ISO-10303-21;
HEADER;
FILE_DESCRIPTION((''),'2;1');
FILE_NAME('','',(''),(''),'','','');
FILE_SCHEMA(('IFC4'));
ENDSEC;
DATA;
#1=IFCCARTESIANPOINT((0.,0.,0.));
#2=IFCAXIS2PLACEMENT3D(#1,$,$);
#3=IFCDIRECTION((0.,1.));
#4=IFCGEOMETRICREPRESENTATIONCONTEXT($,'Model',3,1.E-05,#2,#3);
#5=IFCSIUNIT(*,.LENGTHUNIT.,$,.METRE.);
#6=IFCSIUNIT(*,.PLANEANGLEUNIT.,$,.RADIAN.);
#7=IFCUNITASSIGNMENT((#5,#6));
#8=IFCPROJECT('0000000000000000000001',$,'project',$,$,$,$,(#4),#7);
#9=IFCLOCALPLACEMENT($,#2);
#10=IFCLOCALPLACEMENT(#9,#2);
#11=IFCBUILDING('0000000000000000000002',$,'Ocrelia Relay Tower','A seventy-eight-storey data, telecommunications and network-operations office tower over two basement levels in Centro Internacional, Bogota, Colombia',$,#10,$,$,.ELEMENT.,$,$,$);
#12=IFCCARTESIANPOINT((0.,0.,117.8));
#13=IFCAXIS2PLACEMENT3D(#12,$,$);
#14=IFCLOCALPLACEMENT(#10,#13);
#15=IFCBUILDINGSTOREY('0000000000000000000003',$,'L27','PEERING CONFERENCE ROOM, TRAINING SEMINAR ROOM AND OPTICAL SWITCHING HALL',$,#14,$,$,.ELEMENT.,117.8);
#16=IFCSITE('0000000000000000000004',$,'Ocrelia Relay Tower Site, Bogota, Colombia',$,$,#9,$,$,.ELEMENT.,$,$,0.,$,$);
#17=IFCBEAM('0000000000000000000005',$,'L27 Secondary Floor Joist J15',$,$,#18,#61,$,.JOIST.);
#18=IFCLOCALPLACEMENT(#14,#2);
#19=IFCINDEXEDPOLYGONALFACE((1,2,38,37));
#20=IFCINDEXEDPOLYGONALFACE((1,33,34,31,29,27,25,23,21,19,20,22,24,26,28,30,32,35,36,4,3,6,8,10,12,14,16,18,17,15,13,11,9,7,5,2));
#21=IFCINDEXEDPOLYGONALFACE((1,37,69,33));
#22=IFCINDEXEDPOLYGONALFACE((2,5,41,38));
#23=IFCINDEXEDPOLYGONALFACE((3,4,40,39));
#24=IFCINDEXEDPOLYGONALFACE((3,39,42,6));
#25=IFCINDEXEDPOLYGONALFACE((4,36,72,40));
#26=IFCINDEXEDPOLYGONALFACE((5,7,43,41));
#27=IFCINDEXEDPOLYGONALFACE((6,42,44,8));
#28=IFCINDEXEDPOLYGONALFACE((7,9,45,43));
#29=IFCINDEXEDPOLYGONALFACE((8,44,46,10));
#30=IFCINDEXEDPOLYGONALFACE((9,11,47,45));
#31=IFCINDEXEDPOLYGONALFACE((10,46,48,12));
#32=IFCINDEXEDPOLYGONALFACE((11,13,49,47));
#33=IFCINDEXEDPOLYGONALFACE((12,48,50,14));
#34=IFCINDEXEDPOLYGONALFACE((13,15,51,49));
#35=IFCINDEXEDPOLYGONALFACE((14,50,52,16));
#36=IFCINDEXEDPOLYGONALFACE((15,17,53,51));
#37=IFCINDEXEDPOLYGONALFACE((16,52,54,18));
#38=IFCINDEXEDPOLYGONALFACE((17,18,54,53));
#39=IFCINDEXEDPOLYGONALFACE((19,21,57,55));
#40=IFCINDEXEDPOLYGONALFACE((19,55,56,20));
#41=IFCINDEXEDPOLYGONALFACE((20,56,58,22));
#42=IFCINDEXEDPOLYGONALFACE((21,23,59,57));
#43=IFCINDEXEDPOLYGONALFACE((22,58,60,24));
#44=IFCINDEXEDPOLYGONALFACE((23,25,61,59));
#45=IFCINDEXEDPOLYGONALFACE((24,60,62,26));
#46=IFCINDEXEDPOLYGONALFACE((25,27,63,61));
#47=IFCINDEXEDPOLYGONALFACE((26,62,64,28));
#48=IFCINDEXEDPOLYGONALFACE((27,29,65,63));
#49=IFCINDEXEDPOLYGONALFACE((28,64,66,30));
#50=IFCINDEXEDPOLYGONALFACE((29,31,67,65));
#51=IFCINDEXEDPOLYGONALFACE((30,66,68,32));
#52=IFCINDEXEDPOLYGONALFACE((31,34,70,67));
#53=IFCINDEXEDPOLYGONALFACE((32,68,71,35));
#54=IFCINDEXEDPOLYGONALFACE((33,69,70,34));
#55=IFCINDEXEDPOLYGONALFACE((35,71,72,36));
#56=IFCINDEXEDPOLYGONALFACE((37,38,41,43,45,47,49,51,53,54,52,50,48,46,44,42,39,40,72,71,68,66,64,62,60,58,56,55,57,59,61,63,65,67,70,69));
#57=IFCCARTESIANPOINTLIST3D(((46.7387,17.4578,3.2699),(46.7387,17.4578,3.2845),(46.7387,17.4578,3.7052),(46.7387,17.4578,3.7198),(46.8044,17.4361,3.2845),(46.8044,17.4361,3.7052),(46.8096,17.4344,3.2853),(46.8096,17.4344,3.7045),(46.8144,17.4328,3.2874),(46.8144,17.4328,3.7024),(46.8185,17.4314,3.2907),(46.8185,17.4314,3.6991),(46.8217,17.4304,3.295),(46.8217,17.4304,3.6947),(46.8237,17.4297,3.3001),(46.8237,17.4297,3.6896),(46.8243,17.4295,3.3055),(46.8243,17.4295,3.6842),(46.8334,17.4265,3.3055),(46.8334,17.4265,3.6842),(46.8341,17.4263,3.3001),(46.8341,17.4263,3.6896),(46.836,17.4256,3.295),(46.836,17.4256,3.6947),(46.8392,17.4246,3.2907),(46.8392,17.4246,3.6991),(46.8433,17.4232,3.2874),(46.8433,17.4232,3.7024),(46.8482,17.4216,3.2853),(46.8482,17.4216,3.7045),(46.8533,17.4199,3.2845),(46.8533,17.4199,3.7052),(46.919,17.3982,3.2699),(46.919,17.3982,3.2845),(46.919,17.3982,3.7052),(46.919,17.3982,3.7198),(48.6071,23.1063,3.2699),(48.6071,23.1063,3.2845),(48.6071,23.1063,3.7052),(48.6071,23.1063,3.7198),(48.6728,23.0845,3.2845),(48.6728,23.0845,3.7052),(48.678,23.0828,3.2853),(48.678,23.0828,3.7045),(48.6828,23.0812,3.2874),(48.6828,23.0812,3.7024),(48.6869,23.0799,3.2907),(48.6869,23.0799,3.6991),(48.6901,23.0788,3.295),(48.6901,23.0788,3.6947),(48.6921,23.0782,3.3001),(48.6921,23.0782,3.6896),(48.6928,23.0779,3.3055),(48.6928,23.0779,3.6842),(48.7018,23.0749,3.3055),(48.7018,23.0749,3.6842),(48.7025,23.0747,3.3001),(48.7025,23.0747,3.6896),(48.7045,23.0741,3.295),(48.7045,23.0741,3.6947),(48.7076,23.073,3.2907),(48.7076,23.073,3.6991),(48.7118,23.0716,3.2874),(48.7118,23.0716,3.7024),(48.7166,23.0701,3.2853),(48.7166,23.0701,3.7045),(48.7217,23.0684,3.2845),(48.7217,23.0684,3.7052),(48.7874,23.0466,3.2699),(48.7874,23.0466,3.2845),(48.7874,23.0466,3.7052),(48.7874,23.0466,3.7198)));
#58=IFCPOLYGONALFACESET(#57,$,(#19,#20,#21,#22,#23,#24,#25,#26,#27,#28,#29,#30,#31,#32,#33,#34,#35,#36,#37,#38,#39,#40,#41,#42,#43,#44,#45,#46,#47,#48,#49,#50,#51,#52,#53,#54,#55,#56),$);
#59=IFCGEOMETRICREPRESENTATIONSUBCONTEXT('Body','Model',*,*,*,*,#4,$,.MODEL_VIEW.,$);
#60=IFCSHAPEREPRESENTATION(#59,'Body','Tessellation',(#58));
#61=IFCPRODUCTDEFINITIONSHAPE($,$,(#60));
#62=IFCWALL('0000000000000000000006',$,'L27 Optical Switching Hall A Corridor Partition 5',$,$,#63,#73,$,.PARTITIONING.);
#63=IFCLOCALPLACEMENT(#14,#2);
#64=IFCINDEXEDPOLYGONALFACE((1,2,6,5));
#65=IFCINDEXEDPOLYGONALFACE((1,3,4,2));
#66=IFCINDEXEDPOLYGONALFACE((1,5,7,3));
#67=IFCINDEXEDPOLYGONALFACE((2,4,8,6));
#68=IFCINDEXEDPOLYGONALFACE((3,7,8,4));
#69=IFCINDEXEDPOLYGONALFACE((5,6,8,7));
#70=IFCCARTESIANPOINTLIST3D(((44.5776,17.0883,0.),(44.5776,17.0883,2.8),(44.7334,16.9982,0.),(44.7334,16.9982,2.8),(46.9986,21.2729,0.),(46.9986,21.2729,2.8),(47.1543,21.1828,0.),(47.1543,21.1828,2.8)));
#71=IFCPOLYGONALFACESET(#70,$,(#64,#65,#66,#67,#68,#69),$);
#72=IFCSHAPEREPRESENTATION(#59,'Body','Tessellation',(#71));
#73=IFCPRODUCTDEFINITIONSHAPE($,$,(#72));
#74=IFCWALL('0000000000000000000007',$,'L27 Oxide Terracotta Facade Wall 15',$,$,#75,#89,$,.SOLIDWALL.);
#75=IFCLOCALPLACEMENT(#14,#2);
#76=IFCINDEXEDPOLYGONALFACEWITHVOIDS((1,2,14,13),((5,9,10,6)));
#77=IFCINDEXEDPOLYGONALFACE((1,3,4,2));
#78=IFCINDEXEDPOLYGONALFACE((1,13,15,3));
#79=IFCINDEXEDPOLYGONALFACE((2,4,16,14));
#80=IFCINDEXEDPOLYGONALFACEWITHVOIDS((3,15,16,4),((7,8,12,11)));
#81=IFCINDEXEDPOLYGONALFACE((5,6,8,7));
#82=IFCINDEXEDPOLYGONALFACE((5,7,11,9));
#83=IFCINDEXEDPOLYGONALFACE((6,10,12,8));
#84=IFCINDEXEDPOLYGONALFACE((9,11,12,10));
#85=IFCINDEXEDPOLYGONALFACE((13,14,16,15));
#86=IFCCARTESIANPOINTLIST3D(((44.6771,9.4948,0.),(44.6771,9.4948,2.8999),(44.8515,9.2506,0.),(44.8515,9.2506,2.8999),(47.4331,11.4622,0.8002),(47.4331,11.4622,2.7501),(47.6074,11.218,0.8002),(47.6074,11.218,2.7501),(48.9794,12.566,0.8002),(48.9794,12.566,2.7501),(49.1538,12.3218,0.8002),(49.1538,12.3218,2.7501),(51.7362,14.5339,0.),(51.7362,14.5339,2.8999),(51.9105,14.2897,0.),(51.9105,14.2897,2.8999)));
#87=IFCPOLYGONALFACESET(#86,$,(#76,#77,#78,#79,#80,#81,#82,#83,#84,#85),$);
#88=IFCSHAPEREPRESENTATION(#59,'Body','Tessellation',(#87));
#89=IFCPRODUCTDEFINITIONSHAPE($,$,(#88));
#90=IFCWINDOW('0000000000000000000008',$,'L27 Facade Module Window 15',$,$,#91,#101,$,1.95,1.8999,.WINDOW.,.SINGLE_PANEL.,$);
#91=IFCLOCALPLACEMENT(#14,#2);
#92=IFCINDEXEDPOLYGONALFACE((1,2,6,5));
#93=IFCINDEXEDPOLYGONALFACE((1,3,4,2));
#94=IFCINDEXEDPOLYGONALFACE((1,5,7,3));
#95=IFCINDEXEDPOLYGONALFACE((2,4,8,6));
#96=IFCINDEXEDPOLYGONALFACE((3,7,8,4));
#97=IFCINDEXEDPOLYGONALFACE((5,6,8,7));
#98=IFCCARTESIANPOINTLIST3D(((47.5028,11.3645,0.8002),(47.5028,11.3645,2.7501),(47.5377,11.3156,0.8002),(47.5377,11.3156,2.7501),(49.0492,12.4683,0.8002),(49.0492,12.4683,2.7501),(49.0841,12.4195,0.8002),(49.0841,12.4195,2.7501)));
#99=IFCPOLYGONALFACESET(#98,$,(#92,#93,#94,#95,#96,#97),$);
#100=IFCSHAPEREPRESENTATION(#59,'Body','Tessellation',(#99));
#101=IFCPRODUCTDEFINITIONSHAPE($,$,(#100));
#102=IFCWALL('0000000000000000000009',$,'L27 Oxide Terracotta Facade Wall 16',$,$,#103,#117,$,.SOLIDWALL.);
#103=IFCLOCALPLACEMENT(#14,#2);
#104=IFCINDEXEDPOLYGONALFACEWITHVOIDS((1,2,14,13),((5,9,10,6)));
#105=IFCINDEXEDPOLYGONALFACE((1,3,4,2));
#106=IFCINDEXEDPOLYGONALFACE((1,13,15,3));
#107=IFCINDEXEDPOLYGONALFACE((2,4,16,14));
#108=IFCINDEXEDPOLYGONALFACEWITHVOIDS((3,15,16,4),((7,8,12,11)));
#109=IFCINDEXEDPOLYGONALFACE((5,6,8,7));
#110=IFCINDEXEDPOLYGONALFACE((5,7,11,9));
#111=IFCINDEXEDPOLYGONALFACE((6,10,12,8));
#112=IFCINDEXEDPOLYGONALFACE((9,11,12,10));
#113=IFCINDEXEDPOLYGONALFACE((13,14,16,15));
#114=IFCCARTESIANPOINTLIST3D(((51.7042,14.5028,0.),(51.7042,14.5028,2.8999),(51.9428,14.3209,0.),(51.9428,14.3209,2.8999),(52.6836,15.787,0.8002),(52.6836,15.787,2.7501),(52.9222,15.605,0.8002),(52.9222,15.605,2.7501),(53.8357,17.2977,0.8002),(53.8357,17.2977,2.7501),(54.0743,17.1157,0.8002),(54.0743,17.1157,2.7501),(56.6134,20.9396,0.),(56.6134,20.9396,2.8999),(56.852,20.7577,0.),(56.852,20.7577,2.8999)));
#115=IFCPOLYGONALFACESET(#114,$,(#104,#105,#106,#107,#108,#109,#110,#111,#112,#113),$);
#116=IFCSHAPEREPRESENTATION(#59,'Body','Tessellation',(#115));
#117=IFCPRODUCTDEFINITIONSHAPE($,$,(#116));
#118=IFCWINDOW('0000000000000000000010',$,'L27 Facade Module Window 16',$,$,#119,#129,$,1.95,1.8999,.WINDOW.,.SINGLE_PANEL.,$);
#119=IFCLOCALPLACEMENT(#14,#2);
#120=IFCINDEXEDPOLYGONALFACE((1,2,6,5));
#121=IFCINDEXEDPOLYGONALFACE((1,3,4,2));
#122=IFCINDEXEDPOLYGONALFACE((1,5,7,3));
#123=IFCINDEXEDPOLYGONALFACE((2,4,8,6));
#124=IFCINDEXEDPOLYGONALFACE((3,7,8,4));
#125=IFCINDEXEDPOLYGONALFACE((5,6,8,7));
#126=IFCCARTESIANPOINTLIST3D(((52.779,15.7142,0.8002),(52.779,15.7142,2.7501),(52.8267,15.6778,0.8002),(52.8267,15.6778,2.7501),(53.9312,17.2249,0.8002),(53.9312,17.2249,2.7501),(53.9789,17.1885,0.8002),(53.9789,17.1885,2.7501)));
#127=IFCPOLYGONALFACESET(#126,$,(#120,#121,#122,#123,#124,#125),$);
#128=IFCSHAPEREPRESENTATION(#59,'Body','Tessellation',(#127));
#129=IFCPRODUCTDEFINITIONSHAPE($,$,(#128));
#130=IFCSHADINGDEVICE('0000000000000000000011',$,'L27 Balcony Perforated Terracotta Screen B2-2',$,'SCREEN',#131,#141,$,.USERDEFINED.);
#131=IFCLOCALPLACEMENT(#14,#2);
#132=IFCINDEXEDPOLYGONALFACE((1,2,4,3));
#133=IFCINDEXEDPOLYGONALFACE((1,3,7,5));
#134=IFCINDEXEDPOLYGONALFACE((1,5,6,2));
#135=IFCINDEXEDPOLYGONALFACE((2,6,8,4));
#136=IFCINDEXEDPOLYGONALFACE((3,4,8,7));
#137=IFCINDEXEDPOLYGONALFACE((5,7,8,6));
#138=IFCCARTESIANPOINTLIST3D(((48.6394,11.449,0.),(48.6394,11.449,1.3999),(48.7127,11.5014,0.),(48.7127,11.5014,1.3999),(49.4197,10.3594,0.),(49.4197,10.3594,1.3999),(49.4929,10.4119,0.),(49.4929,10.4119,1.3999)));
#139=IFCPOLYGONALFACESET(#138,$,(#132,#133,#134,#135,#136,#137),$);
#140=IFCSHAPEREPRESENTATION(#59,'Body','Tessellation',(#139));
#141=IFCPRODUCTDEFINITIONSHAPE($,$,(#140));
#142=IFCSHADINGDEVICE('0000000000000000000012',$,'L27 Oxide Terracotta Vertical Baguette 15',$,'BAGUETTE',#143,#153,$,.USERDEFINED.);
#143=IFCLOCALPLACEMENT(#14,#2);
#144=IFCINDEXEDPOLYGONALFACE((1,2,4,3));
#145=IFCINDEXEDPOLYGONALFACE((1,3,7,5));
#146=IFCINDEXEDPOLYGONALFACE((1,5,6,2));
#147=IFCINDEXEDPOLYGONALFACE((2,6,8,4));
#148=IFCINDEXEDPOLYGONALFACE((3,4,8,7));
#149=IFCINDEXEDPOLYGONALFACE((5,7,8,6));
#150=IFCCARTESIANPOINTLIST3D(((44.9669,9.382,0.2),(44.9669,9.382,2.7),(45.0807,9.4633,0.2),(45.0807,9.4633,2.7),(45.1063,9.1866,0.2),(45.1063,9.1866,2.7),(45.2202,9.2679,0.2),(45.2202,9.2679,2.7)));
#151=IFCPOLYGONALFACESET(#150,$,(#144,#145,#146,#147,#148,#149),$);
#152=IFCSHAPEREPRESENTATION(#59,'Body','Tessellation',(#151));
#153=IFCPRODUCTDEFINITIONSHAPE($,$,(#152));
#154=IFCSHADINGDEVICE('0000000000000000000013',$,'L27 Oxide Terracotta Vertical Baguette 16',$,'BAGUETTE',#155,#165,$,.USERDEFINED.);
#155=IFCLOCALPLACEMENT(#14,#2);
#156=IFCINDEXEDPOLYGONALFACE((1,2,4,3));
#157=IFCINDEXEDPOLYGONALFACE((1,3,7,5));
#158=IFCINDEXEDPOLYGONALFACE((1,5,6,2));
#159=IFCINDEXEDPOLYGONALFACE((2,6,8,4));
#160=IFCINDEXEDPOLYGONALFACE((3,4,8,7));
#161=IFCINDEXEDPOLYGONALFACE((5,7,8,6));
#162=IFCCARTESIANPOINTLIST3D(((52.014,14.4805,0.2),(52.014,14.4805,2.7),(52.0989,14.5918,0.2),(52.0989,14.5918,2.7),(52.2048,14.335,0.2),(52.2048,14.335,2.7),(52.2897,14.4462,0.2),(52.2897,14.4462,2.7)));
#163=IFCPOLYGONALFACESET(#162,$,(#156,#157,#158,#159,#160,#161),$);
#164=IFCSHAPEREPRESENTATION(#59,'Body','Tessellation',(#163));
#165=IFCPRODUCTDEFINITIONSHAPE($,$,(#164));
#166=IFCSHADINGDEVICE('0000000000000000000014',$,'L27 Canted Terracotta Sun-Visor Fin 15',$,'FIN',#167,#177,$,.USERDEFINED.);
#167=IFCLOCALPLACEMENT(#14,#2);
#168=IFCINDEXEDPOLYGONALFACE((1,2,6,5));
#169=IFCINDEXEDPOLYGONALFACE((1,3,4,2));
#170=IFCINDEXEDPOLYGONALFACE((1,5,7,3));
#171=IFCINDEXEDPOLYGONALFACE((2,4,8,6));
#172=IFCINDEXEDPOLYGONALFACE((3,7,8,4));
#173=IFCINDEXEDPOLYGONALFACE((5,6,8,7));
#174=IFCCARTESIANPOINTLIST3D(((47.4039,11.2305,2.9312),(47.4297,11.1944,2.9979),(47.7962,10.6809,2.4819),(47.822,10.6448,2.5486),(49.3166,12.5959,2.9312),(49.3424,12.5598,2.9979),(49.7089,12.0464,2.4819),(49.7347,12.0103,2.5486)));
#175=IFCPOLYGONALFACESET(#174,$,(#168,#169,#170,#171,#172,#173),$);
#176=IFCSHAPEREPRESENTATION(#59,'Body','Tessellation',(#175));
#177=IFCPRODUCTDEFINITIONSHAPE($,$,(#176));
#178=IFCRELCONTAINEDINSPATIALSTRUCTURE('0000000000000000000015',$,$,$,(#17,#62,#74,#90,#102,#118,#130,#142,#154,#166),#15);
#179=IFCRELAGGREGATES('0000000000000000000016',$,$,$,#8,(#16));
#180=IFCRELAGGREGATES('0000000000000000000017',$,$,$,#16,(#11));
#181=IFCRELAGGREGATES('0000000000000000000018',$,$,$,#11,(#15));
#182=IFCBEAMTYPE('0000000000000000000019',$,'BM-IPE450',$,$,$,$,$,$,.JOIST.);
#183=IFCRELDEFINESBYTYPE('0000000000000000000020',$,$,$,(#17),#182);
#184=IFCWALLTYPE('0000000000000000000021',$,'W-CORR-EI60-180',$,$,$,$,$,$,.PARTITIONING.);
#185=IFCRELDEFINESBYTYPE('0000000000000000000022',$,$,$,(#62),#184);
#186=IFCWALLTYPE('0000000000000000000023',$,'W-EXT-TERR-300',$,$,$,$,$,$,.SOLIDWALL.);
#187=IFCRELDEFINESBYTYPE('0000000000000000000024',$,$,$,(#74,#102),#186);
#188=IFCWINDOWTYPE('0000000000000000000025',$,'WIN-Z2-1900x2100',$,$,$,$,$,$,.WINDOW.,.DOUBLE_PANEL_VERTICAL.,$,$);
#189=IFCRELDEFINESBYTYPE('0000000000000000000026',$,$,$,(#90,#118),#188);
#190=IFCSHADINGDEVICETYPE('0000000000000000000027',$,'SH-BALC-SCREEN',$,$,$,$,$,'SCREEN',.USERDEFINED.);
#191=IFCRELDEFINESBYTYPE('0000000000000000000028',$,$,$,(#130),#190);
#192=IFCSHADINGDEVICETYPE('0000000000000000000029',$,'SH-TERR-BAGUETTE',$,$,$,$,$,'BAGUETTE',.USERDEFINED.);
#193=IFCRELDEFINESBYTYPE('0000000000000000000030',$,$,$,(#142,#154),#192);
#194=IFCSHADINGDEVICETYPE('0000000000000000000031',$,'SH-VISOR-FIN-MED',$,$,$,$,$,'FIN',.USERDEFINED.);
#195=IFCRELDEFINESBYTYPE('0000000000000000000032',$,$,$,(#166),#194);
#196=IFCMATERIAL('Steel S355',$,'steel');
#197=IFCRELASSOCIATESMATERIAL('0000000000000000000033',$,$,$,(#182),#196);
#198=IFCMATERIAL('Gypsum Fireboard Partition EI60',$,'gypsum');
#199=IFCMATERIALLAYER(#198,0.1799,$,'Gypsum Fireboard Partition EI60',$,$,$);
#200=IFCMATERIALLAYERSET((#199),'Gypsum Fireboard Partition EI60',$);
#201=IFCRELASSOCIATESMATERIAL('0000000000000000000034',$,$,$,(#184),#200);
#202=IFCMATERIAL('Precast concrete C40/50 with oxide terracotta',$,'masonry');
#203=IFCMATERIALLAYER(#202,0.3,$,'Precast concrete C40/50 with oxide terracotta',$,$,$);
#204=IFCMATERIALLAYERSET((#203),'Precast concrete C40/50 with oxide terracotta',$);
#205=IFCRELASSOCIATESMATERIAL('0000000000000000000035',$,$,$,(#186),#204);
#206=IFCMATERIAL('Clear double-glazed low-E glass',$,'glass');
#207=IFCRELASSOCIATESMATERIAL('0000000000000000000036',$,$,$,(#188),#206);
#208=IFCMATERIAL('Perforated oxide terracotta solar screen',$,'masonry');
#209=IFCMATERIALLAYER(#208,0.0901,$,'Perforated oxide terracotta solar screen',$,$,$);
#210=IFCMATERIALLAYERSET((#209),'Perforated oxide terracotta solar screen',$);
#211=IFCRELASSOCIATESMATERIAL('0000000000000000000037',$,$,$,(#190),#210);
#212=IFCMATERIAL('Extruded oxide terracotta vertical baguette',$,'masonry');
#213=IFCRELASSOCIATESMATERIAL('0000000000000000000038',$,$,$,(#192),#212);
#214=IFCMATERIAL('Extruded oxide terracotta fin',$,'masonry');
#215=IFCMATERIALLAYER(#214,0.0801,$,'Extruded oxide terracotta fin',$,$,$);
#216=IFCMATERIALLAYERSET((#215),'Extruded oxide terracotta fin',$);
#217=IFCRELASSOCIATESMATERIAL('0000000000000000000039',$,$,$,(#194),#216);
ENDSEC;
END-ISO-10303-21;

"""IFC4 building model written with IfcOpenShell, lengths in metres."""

from ifc_helpers import new_model, si_unit, direction, frame, frame_2d, origin, origin_2d, place, context, subcontext, project, spatial, rectangle, i_section, extrude, material, layer, layer_set, material_profile, profile_set, type_object, element, fill, save


model = new_model("IFC4")

# Units and contexts
model_context = context("Model", 3, precision=1e-05, world=origin(), true_north=direction((0.0, 1.0)))
body_context = subcontext(model_context, "Body", "Model", "MODEL_VIEW")
ifc_project = project(units=[si_unit("LENGTHUNIT", "METRE"), si_unit("PLANEANGLEUNIT", "RADIAN")], contexts=[model_context])

# Site, building, storey
site_placement = place(None, origin())
site = spatial("IfcSite", under=ifc_project, at=site_placement, Name="Ocrelia Relay Tower Site, Bogota, Colombia", CompositionType="ELEMENT", RefElevation=0.0)
building_placement = place(site_placement, origin())
building = spatial("IfcBuilding", under=site, at=building_placement, Name="Ocrelia Relay Tower", Description="A seventy-eight-storey data, telecommunications and network-operations office tower over two basement levels in Centro Internacional, Bogota, Colombia", CompositionType="ELEMENT")
storey_placement = place(building_placement, frame((0.0, 0.0, 117.8)))
storey = spatial("IfcBuildingStorey", under=building, at=storey_placement, Name="L27", Description="PEERING CONFERENCE ROOM, TRAINING SEMINAR ROOM AND OPTICAL SWITCHING HALL", CompositionType="ELEMENT", Elevation=117.8)

# Beam
ifc_material_1 = material(Name="Steel S355", Category="steel")
ifc_material_profile_1 = material_profile(ifc_material_1, i_section(OverallWidth=0.1899, OverallDepth=0.45, WebThickness=0.0095, FlangeThickness=0.0146, FilletRadius=0.021, at=origin_2d()), Name="IPE 450")
ifc_profile_set_1 = profile_set([ifc_material_profile_1], Name="Steel S355")
beam_type_1 = type_object("IfcBeamType", Name="BM-IPE450", PredefinedType="JOIST", material=ifc_profile_set_1)
beam_1_placement = place(storey_placement, frame((46.8289, 17.428, 3.4949), z_axis=(0.314048, 0.949407, 0.0), x_axis=(-0.949407, 0.314048, 0.0)))
element("IfcBeam", 1, at=beam_1_placement, inside=storey, type_object=beam_type_1, Name="L27 Secondary Floor Joist J15", PredefinedType="JOIST", context=body_context, shape_type="SweptSolid", body=[
    extrude(i_section(OverallWidth=0.1899, OverallDepth=0.45, WebThickness=0.0095, FlangeThickness=0.0146, FilletRadius=0.021, at=origin_2d()), origin(), (0.0, 0.0, 1.0), 5.9495),
])

# Wall
ifc_material_2 = material(Name="Gypsum Fireboard Partition EI60", Category="gypsum")
ifc_layer_1 = layer(ifc_material_2, 0.1799, Name="Gypsum Fireboard Partition EI60")
ifc_layer_set_1 = layer_set([ifc_layer_1], Name="Gypsum Fireboard Partition EI60")
wall_type_1 = type_object("IfcWallType", Name="W-CORR-EI60-180", PredefinedType="PARTITIONING", material=ifc_layer_set_1)
wall_1_placement = place(storey_placement, frame((44.6555, 17.0432, 0.0), z_axis=(0.0, 0.0, 1.0), x_axis=(0.500766, 0.865583, 0.0)))
element("IfcWall", 2, at=wall_1_placement, inside=storey, type_object=wall_type_1, Name="L27 Optical Switching Hall A Corridor Partition 5", PredefinedType="PARTITIONING", context=body_context, shape_type="SweptSolid", body=[
    extrude(rectangle(XDim=4.8345, YDim=0.1799, at=frame_2d((2.4172, 0.0))), origin(), (0.0, 0.0, 1.0), 2.8),
])

# Walls, openings, windows
ifc_material_3 = material(Name="Precast concrete C40/50 with oxide terracotta", Category="masonry")
ifc_layer_2 = layer(ifc_material_3, 0.3, Name="Precast concrete C40/50 with oxide terracotta")
ifc_layer_set_2 = layer_set([ifc_layer_2], Name="Precast concrete C40/50 with oxide terracotta")
wall_type_2 = type_object("IfcWallType", Name="W-EXT-TERR-300", PredefinedType="SOLIDWALL", material=ifc_layer_set_2)
wall_2_placement = place(storey_placement, frame((44.7644, 9.3728, 0.0), z_axis=(0.0, 0.0, 1.0), x_axis=(0.813905, 0.580999, 0.0)))
wall_2 = element("IfcWall", 3, at=wall_2_placement, inside=storey, type_object=wall_type_2, Name="L27 Oxide Terracotta Facade Wall 15", PredefinedType="SOLIDWALL", context=body_context, shape_type="SweptSolid", body=[
    extrude(rectangle(XDim=8.6731, YDim=0.3, at=frame_2d((4.3364, 0.0))), origin(), (0.0, 0.0, 1.0), 2.8999),
])
opening_1_placement = place(wall_2_placement, frame((3.386, 0.0, 0.8)))
opening_1 = element("IfcOpeningElement", 4, at=opening_1_placement, cuts=wall_2, PredefinedType="OPENING", context=body_context, shape_type="SweptSolid", body=[
    extrude(rectangle(XDim=1.8999, YDim=1.95, at=frame_2d((0.95, 0.9751))), frame((0.0, 0.1602, 0.0), z_axis=(0.0, -1.0, 0.0), x_axis=(1.0, 0.0, 0.0)), (0.0, 0.0, 1.0), 0.3201),
])
ifc_material_4 = material(Name="Clear double-glazed low-E glass", Category="glass")
window_type = type_object("IfcWindowType", Name="WIN-Z2-1900x2100", PartitioningType="DOUBLE_PANEL_VERTICAL", PredefinedType="WINDOW", material=ifc_material_4)
window_1_placement = place(opening_1_placement, origin())
window_1 = element("IfcWindow", 5, at=window_1_placement, inside=storey, type_object=window_type, Name="L27 Facade Module Window 15", OverallHeight=1.95, OverallWidth=1.8999, PartitioningType="SINGLE_PANEL", PredefinedType="WINDOW", context=body_context, shape_type="SweptSolid", body=[
    extrude(rectangle(XDim=1.8999, YDim=1.95, at=frame_2d((0.95, 0.9751))), frame((0.0, 0.03, 0.0), z_axis=(0.0, -1.0, 0.0), x_axis=(1.0, 0.0, 0.0)), (0.0, 0.0, 1.0), 0.0601),
])
fill(opening_1, window_1)
wall_3_placement = place(storey_placement, frame((51.8235, 14.4119, 0.0), z_axis=(0.0, 0.0, 1.0), x_axis=(0.606432, 0.795135, 0.0)))
wall_3 = element("IfcWall", 6, at=wall_3_placement, inside=storey, type_object=wall_type_2, Name="L27 Oxide Terracotta Facade Wall 16", PredefinedType="SOLIDWALL", context=body_context, shape_type="SweptSolid", body=[
    extrude(rectangle(XDim=8.0952, YDim=0.3, at=frame_2d((4.0476, 0.0))), origin(), (0.0, 0.0, 1.0), 2.8999),
])
opening_2_placement = place(wall_3_placement, frame((1.615, 0.0, 0.8)))
opening_2 = element("IfcOpeningElement", 7, at=opening_2_placement, cuts=wall_3, PredefinedType="OPENING", context=body_context, shape_type="SweptSolid", body=[
    extrude(rectangle(XDim=1.8999, YDim=1.95, at=frame_2d((0.95, 0.9751))), frame((0.0, 0.1602, 0.0), z_axis=(0.0, -1.0, 0.0), x_axis=(1.0, 0.0, 0.0)), (0.0, 0.0, 1.0), 0.3201),
])
window_2_placement = place(opening_2_placement, origin())
window_2 = element("IfcWindow", 8, at=window_2_placement, inside=storey, type_object=window_type, Name="L27 Facade Module Window 16", OverallHeight=1.95, OverallWidth=1.8999, PartitioningType="SINGLE_PANEL", PredefinedType="WINDOW", context=body_context, shape_type="SweptSolid", body=[
    extrude(rectangle(XDim=1.8999, YDim=1.95, at=frame_2d((0.95, 0.9751))), frame((0.0, 0.03, 0.0), z_axis=(0.0, -1.0, 0.0), x_axis=(1.0, 0.0, 0.0)), (0.0, 0.0, 1.0), 0.0601),
])
fill(opening_2, window_2)

# Shading devices
ifc_material_5 = material(Name="Perforated oxide terracotta solar screen", Category="masonry")
ifc_layer_3 = layer(ifc_material_5, 0.0901, Name="Perforated oxide terracotta solar screen")
ifc_layer_set_3 = layer_set([ifc_layer_3], Name="Perforated oxide terracotta solar screen")
shading_device_type_1 = type_object("IfcShadingDeviceType", Name="SH-BALC-SCREEN", ElementType="SCREEN", PredefinedType="USERDEFINED", material=ifc_layer_set_3)
shading_device_1_placement = place(storey_placement, frame((49.0662, 10.9304, 0.0), z_axis=(0.0, 0.0, 1.0), x_axis=(0.582229, -0.813025, 0.0)))
element("IfcShadingDevice", 9, at=shading_device_1_placement, inside=storey, type_object=shading_device_type_1, Name="L27 Balcony Perforated Terracotta Screen B2-2", ObjectType="SCREEN", PredefinedType="USERDEFINED", context=body_context, shape_type="SweptSolid", body=[
    extrude(rectangle(XDim=1.3401, YDim=0.0901, at=origin_2d()), origin(), (0.0, 0.0, 1.0), 1.3999),
])
ifc_material_6 = material(Name="Extruded oxide terracotta vertical baguette", Category="masonry")
shading_device_type_2 = type_object("IfcShadingDeviceType", Name="SH-TERR-BAGUETTE", ElementType="BAGUETTE", PredefinedType="USERDEFINED", material=ifc_material_6)
for number, where, z_axis, x_axis, name in (
    (10, (45.0935, 9.325, 0.2), (0.0, 0.0, 1.0), (0.813895, 0.581011, 0.0), "L27 Oxide Terracotta Vertical Baguette 15"),
    (11, (52.1519, 14.4634, 0.2), (0.0, 0.0, 1.0), (0.606438, 0.795131, 0.0), "L27 Oxide Terracotta Vertical Baguette 16"),
):
    element("IfcShadingDevice", number, at=place(storey_placement, frame(where, z_axis=z_axis, x_axis=x_axis)), inside=storey, type_object=shading_device_type_2, Name=name, ObjectType="BAGUETTE", PredefinedType="USERDEFINED", context=body_context, shape_type="SweptSolid", body=[
        extrude(rectangle(XDim=0.1399, YDim=0.24, at=origin_2d()), origin(), (0.0, 0.0, 1.0), 2.5),
    ])
ifc_material_7 = material(Name="Extruded oxide terracotta fin", Category="masonry")
ifc_layer_4 = layer(ifc_material_7, 0.0801, Name="Extruded oxide terracotta fin")
ifc_layer_set_4 = layer_set([ifc_layer_4], Name="Extruded oxide terracotta fin")
shading_device_type_3 = type_object("IfcShadingDeviceType", Name="SH-VISOR-FIN-MED", ElementType="FIN", PredefinedType="USERDEFINED", material=ifc_layer_set_4)
shading_device_2_placement = place(storey_placement, frame((48.5564, 11.6384, 2.7065), z_axis=(0.321865, -0.450876, 0.832535), x_axis=(0.813895, 0.581011, 0.0)))
element("IfcShadingDevice", 12, at=shading_device_2_placement, inside=storey, type_object=shading_device_type_3, Name="L27 Canted Terracotta Sun-Visor Fin 15", ObjectType="FIN", PredefinedType="USERDEFINED", context=body_context, shape_type="SweptSolid", body=[
    extrude(rectangle(XDim=2.3501, YDim=0.811, at=origin_2d()), origin(), (0.0, 0.0, 1.0), 0.0801),
])

save(model, "model.ifc")
